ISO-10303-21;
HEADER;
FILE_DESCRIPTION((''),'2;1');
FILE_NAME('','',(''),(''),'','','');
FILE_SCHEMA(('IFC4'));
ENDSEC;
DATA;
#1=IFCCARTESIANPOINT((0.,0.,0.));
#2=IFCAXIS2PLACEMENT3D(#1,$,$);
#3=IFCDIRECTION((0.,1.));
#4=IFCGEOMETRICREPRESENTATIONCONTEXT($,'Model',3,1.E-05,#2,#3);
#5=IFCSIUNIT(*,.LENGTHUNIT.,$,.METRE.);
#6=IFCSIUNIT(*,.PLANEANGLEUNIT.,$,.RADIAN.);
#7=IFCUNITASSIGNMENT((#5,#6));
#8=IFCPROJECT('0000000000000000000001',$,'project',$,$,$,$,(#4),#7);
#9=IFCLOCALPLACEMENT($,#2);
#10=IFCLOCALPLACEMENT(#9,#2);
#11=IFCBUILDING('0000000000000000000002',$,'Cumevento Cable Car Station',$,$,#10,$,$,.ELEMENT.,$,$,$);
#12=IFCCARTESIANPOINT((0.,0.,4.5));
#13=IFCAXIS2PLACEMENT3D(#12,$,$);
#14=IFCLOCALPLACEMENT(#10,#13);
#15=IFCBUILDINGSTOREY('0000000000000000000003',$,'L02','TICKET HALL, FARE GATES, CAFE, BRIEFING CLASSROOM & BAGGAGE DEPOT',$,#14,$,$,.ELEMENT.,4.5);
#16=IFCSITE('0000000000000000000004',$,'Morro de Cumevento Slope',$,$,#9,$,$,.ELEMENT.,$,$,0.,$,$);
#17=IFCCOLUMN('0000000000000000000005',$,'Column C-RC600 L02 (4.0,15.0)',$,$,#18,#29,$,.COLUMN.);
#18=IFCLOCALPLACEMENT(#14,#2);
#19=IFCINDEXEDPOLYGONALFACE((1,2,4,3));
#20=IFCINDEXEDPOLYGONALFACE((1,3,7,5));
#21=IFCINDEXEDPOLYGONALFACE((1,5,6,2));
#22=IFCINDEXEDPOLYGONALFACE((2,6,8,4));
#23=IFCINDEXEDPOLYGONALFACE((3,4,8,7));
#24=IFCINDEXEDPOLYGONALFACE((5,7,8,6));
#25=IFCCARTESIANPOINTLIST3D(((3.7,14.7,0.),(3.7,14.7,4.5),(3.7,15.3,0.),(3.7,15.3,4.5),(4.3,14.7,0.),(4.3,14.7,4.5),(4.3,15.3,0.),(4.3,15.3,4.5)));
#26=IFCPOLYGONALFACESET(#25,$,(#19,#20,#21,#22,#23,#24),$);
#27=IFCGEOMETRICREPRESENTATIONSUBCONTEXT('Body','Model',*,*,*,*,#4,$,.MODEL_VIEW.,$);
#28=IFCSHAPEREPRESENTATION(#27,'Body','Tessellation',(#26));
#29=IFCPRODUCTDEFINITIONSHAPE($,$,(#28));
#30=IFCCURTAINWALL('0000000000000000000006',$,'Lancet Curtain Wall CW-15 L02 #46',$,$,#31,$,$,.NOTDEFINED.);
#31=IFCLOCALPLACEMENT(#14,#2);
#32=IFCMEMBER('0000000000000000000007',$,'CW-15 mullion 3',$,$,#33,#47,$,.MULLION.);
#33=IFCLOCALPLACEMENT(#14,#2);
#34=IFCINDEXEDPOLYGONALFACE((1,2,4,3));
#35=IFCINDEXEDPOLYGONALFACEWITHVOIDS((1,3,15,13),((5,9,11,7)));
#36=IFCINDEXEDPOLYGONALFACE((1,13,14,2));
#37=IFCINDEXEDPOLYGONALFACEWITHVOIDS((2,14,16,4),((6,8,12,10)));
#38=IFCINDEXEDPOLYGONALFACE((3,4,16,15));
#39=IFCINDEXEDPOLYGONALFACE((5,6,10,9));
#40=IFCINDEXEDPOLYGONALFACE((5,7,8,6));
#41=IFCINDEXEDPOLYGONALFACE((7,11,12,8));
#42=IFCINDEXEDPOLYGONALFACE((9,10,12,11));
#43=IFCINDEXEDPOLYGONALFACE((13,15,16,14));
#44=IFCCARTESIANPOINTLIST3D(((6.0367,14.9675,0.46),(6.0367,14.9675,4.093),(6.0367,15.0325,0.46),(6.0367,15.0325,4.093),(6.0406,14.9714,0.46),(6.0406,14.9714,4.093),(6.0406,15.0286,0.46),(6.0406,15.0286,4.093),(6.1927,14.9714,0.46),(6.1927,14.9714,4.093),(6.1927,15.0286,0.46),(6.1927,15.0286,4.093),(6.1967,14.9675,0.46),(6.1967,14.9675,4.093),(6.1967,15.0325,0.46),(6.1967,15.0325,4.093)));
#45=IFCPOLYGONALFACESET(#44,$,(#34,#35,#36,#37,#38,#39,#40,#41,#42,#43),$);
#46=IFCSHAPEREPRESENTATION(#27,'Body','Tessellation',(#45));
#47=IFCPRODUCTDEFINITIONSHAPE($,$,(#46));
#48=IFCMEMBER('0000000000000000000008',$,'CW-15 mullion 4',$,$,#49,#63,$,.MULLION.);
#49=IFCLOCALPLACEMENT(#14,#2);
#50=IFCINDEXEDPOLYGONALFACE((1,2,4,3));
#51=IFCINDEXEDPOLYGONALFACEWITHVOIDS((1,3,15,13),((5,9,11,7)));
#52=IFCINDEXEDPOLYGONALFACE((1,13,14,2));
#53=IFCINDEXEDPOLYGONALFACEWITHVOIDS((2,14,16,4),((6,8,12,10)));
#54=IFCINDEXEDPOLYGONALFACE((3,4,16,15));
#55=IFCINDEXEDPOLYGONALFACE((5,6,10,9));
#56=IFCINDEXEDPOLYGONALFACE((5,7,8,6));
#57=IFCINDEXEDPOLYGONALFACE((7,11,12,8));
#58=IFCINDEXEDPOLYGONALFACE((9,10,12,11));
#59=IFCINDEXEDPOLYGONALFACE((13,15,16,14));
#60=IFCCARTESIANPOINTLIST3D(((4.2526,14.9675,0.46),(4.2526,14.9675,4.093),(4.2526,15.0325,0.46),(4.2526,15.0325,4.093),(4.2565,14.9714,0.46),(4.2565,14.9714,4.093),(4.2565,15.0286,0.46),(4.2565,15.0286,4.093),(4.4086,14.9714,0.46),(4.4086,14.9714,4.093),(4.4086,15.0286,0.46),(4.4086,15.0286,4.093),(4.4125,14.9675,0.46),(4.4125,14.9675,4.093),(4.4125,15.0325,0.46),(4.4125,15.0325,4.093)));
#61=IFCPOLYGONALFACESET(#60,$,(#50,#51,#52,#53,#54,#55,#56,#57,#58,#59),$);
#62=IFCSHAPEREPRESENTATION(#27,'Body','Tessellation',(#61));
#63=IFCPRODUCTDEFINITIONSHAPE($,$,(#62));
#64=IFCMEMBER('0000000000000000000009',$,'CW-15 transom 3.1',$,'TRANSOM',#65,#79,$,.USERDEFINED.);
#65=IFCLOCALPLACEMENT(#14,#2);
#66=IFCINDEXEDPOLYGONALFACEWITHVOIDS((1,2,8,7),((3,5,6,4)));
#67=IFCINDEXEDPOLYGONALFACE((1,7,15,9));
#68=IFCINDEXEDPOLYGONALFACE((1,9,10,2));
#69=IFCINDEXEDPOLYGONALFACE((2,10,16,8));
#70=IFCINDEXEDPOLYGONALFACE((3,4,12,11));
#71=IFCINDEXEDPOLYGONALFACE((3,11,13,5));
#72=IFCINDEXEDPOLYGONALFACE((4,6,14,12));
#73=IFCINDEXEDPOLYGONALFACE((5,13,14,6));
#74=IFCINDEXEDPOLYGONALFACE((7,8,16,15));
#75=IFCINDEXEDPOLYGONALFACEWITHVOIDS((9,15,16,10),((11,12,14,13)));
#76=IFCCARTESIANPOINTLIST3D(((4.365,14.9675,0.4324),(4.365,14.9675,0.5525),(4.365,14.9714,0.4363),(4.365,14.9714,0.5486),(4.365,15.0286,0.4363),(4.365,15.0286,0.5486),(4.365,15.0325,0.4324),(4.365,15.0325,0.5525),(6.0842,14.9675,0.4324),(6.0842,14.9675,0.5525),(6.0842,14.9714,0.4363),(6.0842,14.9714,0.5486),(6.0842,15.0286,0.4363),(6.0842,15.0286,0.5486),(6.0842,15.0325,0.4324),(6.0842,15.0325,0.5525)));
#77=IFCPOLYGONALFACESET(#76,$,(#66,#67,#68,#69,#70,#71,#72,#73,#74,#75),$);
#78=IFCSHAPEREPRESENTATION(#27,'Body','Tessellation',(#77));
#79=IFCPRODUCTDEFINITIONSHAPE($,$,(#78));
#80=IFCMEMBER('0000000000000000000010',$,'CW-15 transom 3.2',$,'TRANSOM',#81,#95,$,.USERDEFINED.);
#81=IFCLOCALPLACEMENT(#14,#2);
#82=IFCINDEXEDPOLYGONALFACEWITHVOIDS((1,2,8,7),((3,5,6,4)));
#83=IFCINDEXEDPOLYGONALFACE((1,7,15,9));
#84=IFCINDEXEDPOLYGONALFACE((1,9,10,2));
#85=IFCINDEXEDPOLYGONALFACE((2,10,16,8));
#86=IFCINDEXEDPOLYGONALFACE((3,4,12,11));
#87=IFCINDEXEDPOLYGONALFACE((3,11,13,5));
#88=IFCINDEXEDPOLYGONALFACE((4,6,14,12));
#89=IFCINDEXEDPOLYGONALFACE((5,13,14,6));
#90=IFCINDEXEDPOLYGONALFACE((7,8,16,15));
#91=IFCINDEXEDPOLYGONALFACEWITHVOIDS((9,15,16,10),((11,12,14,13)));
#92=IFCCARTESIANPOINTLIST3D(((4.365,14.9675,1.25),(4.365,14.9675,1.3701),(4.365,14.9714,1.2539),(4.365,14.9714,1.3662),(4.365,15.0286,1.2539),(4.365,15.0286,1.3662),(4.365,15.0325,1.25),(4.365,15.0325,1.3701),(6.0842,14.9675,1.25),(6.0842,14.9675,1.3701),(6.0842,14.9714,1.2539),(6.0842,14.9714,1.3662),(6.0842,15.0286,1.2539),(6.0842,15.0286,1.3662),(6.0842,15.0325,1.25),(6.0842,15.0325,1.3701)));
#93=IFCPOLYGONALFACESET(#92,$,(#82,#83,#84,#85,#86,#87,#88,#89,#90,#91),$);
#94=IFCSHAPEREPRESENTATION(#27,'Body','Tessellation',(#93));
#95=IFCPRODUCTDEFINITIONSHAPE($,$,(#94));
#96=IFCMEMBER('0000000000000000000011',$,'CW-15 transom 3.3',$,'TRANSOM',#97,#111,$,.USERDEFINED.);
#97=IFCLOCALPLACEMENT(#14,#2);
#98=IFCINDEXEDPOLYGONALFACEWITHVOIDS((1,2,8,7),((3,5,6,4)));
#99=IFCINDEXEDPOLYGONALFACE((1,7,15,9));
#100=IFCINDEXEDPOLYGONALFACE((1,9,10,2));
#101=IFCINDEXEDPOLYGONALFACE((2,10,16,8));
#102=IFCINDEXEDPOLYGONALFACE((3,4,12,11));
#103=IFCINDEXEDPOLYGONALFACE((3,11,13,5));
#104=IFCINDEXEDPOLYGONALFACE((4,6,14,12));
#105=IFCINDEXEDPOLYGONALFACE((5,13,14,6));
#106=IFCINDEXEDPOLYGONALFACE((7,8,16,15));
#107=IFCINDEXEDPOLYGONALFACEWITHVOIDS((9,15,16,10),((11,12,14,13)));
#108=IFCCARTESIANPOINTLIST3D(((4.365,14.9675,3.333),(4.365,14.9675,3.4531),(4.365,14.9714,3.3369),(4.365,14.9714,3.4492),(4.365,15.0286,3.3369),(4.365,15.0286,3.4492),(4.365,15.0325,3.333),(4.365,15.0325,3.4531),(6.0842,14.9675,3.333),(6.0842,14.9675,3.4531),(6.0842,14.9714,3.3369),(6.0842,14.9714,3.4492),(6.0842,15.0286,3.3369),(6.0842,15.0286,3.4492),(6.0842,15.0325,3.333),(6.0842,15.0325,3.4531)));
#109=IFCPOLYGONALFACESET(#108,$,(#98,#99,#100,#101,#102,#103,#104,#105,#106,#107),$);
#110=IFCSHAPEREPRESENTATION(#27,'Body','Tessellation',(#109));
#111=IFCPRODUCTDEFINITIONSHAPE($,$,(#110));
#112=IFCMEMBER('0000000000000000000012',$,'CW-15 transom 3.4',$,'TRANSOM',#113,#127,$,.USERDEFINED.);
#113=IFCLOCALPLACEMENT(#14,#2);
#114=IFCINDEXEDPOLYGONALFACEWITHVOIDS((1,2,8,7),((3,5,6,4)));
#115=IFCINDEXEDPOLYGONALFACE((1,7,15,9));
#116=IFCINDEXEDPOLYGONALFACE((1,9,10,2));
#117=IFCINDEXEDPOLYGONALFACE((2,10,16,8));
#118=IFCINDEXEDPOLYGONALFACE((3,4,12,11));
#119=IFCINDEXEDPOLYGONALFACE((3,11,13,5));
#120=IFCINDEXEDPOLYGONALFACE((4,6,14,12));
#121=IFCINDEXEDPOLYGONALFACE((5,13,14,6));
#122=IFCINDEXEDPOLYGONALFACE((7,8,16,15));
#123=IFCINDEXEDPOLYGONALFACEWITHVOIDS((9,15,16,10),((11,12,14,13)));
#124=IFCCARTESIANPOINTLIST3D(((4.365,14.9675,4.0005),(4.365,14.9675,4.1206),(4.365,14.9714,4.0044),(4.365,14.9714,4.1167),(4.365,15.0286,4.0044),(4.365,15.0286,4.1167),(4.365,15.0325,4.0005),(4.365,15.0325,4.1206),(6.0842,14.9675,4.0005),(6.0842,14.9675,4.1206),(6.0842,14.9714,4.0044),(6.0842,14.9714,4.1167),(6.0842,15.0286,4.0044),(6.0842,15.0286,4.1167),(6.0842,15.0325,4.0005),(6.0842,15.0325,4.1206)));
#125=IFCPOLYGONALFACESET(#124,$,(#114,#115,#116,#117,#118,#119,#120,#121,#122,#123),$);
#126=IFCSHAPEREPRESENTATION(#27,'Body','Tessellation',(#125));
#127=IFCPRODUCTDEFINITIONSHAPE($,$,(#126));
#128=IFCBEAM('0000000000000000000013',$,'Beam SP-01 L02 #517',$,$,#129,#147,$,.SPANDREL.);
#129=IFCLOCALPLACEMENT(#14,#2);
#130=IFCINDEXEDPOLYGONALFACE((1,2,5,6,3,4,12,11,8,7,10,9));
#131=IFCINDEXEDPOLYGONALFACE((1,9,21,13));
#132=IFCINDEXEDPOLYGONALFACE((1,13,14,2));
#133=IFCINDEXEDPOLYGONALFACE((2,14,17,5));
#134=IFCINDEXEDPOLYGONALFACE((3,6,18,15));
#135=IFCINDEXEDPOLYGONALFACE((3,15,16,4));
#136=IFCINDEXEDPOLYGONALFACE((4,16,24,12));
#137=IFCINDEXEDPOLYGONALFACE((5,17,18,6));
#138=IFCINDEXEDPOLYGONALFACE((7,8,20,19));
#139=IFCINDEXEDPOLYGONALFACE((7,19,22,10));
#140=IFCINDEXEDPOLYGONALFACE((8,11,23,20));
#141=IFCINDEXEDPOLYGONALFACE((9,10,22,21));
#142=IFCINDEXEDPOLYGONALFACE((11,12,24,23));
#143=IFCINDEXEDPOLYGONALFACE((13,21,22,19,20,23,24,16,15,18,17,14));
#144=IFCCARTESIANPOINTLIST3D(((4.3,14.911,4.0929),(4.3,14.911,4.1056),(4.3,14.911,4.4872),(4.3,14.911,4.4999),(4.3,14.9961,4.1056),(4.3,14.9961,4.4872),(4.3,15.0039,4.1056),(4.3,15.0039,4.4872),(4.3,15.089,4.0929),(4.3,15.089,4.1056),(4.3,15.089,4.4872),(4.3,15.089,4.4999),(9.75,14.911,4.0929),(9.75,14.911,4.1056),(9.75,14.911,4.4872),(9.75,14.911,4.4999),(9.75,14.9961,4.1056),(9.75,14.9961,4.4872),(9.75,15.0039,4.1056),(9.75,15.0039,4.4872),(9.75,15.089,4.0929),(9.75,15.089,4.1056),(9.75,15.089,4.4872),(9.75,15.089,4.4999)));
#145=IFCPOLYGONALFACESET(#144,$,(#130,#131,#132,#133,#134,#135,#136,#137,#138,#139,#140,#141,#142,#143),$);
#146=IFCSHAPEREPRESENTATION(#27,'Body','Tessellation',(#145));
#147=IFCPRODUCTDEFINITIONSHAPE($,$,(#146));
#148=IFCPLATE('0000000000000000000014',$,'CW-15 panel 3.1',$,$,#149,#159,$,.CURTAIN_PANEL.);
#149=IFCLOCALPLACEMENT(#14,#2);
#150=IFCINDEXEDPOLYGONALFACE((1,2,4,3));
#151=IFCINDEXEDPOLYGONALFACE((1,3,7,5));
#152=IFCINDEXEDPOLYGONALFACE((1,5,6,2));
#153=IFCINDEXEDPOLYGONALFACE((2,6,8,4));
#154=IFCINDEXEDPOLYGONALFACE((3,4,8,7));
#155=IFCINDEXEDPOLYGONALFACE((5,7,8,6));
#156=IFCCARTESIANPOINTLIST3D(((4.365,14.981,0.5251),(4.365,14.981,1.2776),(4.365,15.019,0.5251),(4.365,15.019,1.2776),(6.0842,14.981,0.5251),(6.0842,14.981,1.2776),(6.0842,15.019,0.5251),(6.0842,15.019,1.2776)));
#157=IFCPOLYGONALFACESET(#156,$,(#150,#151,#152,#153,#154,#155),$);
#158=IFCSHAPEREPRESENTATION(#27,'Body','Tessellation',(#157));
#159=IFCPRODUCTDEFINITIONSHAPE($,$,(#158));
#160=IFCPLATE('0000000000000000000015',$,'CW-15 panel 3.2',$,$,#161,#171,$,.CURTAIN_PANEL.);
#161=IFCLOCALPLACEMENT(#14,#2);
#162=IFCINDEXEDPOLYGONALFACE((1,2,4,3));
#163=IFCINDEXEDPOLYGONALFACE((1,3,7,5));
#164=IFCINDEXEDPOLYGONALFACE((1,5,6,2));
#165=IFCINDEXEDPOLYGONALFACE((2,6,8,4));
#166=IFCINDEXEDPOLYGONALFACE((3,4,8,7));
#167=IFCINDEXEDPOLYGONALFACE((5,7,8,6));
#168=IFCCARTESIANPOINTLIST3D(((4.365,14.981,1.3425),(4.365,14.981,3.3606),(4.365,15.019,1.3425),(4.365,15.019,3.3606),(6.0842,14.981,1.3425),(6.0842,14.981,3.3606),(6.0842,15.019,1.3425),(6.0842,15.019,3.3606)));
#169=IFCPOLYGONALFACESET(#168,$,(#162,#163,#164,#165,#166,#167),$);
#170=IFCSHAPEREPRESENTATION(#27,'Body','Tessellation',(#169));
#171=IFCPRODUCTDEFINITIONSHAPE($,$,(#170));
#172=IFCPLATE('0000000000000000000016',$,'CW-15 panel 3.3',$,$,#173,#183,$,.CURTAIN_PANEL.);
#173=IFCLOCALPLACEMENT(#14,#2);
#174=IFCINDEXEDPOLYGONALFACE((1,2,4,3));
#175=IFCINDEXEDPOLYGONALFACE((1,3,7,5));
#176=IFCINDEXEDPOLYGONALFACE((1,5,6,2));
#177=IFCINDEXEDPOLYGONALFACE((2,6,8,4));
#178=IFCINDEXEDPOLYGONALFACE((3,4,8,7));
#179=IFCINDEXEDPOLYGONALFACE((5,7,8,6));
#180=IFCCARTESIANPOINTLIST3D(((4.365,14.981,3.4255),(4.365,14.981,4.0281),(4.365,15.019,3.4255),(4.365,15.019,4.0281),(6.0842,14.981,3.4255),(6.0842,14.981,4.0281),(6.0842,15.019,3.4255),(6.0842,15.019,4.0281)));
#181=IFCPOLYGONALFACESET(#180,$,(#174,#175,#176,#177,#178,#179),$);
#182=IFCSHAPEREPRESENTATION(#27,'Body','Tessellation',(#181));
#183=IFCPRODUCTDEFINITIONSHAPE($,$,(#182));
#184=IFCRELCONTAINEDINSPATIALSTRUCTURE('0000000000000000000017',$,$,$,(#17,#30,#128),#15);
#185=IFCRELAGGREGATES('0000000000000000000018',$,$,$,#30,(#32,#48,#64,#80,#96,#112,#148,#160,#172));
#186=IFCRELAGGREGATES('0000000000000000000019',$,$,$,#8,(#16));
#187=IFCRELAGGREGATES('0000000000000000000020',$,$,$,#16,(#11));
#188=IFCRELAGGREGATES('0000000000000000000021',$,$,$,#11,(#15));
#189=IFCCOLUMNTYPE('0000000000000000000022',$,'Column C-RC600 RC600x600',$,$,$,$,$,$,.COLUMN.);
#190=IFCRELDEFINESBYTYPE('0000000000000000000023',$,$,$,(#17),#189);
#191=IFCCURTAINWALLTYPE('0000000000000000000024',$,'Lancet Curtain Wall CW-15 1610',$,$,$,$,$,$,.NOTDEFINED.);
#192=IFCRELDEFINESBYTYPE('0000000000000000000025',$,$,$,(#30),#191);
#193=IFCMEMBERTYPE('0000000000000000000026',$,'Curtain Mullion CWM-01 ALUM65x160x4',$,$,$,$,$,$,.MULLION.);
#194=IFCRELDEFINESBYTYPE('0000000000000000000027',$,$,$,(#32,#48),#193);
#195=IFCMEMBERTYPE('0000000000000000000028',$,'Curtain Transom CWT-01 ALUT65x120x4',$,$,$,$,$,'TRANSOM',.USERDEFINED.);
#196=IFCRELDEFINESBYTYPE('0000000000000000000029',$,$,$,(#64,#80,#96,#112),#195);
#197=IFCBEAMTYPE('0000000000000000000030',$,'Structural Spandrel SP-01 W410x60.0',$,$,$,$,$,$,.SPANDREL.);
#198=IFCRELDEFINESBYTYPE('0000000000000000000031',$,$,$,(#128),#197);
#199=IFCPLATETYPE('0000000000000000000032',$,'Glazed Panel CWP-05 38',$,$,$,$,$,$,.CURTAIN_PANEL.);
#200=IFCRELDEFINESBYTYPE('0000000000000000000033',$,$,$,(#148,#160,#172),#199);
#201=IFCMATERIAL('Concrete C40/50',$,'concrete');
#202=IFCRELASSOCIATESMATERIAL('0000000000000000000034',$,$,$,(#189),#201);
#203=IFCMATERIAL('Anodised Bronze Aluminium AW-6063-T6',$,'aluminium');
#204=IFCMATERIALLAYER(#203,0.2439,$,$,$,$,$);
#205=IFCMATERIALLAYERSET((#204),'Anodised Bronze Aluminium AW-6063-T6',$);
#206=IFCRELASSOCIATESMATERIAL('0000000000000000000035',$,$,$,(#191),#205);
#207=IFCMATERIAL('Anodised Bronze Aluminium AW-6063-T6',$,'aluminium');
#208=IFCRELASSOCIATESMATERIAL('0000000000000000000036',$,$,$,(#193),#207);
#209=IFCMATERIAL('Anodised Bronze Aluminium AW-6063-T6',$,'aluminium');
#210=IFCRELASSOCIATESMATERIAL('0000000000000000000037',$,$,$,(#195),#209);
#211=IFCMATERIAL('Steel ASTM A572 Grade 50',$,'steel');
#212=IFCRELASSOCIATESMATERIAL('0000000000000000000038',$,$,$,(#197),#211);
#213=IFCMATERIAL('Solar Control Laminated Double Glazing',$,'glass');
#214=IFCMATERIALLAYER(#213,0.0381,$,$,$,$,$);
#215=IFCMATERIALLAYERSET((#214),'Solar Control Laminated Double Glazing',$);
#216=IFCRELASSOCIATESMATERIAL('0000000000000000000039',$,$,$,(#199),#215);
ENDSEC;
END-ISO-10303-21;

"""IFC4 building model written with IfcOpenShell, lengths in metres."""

from ifc_helpers import new_model, si_unit, direction, frame, origin, origin_2d, place, context, subcontext, project, spatial, rectangle, hollow_rectangle, i_section, extrude, material, layer, layer_set, material_profile, profile_set, type_object, element, aggregate, save


model = new_model("IFC4")

# Units and contexts
model_context = context("Model", 3, precision=1e-05, world=origin(), true_north=direction((0.0, 1.0)))
body_context = subcontext(model_context, "Body", "Model", "MODEL_VIEW")
ifc_project = project(units=[si_unit("LENGTHUNIT", "METRE"), si_unit("PLANEANGLEUNIT", "RADIAN")], contexts=[model_context])

# Site, building, storey
site_placement = place(None, origin())
site = spatial("IfcSite", under=ifc_project, at=site_placement, Name="Morro de Cumevento Slope", CompositionType="ELEMENT", RefElevation=0.0)
building_placement = place(site_placement, origin())
building = spatial("IfcBuilding", under=site, at=building_placement, Name="Cumevento Cable Car Station", CompositionType="ELEMENT")
storey_placement = place(building_placement, frame((0.0, 0.0, 4.5)))
storey = spatial("IfcBuildingStorey", under=building, at=storey_placement, Name="L02", Description="TICKET HALL, FARE GATES, CAFE, BRIEFING CLASSROOM & BAGGAGE DEPOT", CompositionType="ELEMENT", Elevation=4.5)

# Column
ifc_material_1 = material(Name="Concrete C40/50", Category="concrete")
ifc_material_profile_1 = material_profile(ifc_material_1, rectangle(XDim=0.6001, YDim=0.6001, at=origin_2d()), Name="RC600x600")
ifc_profile_set_1 = profile_set([ifc_material_profile_1], Name="Concrete C40/50")
column_type = type_object("IfcColumnType", Name="Column C-RC600 RC600x600", PredefinedType="COLUMN", material=ifc_profile_set_1)
column_placement = place(storey_placement, frame((4.0, 15.0, 0.0), z_axis=(0.0, 0.0, 1.0), x_axis=(1.0, 0.0, 0.0)))
element("IfcColumn", 1, at=column_placement, inside=storey, type_object=column_type, Name="Column C-RC600 L02 (4.0,15.0)", PredefinedType="COLUMN", context=body_context, shape_type="SweptSolid", body=[
    extrude(rectangle(XDim=0.6001, YDim=0.6001, at=origin_2d()), origin(), (0.0, 0.0, 1.0), 4.5),
])

# Curtain wall, members
ifc_material_2 = material(Name="Anodised Bronze Aluminium AW-6063-T6", Category="aluminium")
ifc_layer_1 = layer(ifc_material_2, 0.2439)
ifc_layer_set_1 = layer_set([ifc_layer_1], Name="Anodised Bronze Aluminium AW-6063-T6")
curtain_wall_type = type_object("IfcCurtainWallType", Name="Lancet Curtain Wall CW-15 1610", PredefinedType="NOTDEFINED", material=ifc_layer_set_1)
curtain_wall_placement = place(storey_placement, origin())
curtain_wall = element("IfcCurtainWall", 2, at=curtain_wall_placement, inside=storey, type_object=curtain_wall_type, Name="Lancet Curtain Wall CW-15 L02 #46", PredefinedType="NOTDEFINED")
ifc_material_3 = material(Name="Anodised Bronze Aluminium AW-6063-T6", Category="aluminium")
ifc_material_profile_2 = material_profile(ifc_material_3, hollow_rectangle(XDim=0.0649, YDim=0.1599, WallThickness=0.0039, at=origin_2d()), Name="ALUM65x160x4")
ifc_profile_set_2 = profile_set([ifc_material_profile_2], Name="Anodised Bronze Aluminium AW-6063-T6")
member_type_1 = type_object("IfcMemberType", Name="Curtain Mullion CWM-01 ALUM65x160x4", PredefinedType="MULLION", material=ifc_profile_set_2)
member_1_placement = place(storey_placement, frame((6.1167, 15.0, 0.46), z_axis=(0.0, 0.0, 1.0), x_axis=(0.0, -1.0, 0.0)))
member_1 = element("IfcMember", 3, at=member_1_placement, type_object=member_type_1, Name="CW-15 mullion 3", PredefinedType="MULLION", context=body_context, shape_type="SweptSolid", body=[
    extrude(hollow_rectangle(XDim=0.0649, YDim=0.1599, WallThickness=0.0039, at=origin_2d()), origin(), (0.0, 0.0, 1.0), 3.6331),
])
member_2_placement = place(storey_placement, frame((4.3325, 15.0, 0.46), z_axis=(0.0, 0.0, 1.0), x_axis=(0.0, -1.0, 0.0)))
member_2 = element("IfcMember", 4, at=member_2_placement, type_object=member_type_1, Name="CW-15 mullion 4", PredefinedType="MULLION", context=body_context, shape_type="SweptSolid", body=[
    extrude(hollow_rectangle(XDim=0.0649, YDim=0.1599, WallThickness=0.0039, at=origin_2d()), origin(), (0.0, 0.0, 1.0), 3.6331),
])
ifc_material_4 = material(Name="Anodised Bronze Aluminium AW-6063-T6", Category="aluminium")
ifc_material_profile_3 = material_profile(ifc_material_4, hollow_rectangle(XDim=0.0649, YDim=0.1201, WallThickness=0.0039, at=origin_2d()), Name="ALUT65x120x4")
ifc_profile_set_3 = profile_set([ifc_material_profile_3], Name="Anodised Bronze Aluminium AW-6063-T6")
member_type_2 = type_object("IfcMemberType", Name="Curtain Transom CWT-01 ALUT65x120x4", ElementType="TRANSOM", PredefinedType="USERDEFINED", material=ifc_profile_set_3)
member_3_placement = place(storey_placement, frame((6.0842, 15.0, 0.4924), z_axis=(-1.0, 0.0, 0.0), x_axis=(0.0, -1.0, 0.0)))
member_3 = element("IfcMember", 5, at=member_3_placement, type_object=member_type_2, Name="CW-15 transom 3.1", ObjectType="TRANSOM", PredefinedType="USERDEFINED", context=body_context, shape_type="SweptSolid", body=[
    extrude(hollow_rectangle(XDim=0.0649, YDim=0.1201, WallThickness=0.0039, at=origin_2d()), origin(), (0.0, 0.0, 1.0), 1.7192),
])
member_4_placement = place(storey_placement, frame((6.0842, 15.0, 1.3101), z_axis=(-1.0, 0.0, 0.0), x_axis=(0.0, -1.0, 0.0)))
member_4 = element("IfcMember", 6, at=member_4_placement, type_object=member_type_2, Name="CW-15 transom 3.2", ObjectType="TRANSOM", PredefinedType="USERDEFINED", context=body_context, shape_type="SweptSolid", body=[
    extrude(hollow_rectangle(XDim=0.0649, YDim=0.1201, WallThickness=0.0039, at=origin_2d()), origin(), (0.0, 0.0, 1.0), 1.7192),
])
member_5_placement = place(storey_placement, frame((6.0842, 15.0, 3.3931), z_axis=(-1.0, 0.0, 0.0), x_axis=(0.0, -1.0, 0.0)))
member_5 = element("IfcMember", 7, at=member_5_placement, type_object=member_type_2, Name="CW-15 transom 3.3", ObjectType="TRANSOM", PredefinedType="USERDEFINED", context=body_context, shape_type="SweptSolid", body=[
    extrude(hollow_rectangle(XDim=0.0649, YDim=0.1201, WallThickness=0.0039, at=origin_2d()), origin(), (0.0, 0.0, 1.0), 1.7192),
])
member_6_placement = place(storey_placement, frame((6.0842, 15.0, 4.0605), z_axis=(-1.0, 0.0, 0.0), x_axis=(0.0, -1.0, 0.0)))
member_6 = element("IfcMember", 8, at=member_6_placement, type_object=member_type_2, Name="CW-15 transom 3.4", ObjectType="TRANSOM", PredefinedType="USERDEFINED", context=body_context, shape_type="SweptSolid", body=[
    extrude(hollow_rectangle(XDim=0.0649, YDim=0.1201, WallThickness=0.0039, at=origin_2d()), origin(), (0.0, 0.0, 1.0), 1.7192),
])

# Beam
ifc_material_5 = material(Name="Steel ASTM A572 Grade 50", Category="steel")
ifc_material_profile_4 = material_profile(ifc_material_5, i_section(OverallWidth=0.178, OverallDepth=0.407, WebThickness=0.0078, FlangeThickness=0.0127, at=origin_2d()), Name="W410x60.0")
ifc_profile_set_4 = profile_set([ifc_material_profile_4], Name="Steel ASTM A572 Grade 50")
beam_type = type_object("IfcBeamType", Name="Structural Spandrel SP-01 W410x60.0", PredefinedType="SPANDREL", material=ifc_profile_set_4)
beam_placement = place(storey_placement, frame((4.3, 15.0, 4.2964), z_axis=(1.0, 0.0, 0.0), x_axis=(0.0, 1.0, 0.0)))
element("IfcBeam", 9, at=beam_placement, inside=storey, type_object=beam_type, Name="Beam SP-01 L02 #517", PredefinedType="SPANDREL", context=body_context, shape_type="SweptSolid", body=[
    extrude(i_section(OverallWidth=0.178, OverallDepth=0.407, WebThickness=0.0078, FlangeThickness=0.0127, at=origin_2d()), origin(), (0.0, 0.0, 1.0), 5.45),
])

# Plates
ifc_material_6 = material(Name="Solar Control Laminated Double Glazing", Category="glass")
ifc_layer_2 = layer(ifc_material_6, 0.0381)
ifc_layer_set_2 = layer_set([ifc_layer_2], Name="Solar Control Laminated Double Glazing")
plate_type = type_object("IfcPlateType", Name="Glazed Panel CWP-05 38", PredefinedType="CURTAIN_PANEL", material=ifc_layer_set_2)
plate_1_placement = place(storey_placement, frame((5.2246, 15.0, 0.5251), z_axis=(0.0, 0.0, 1.0), x_axis=(-1.0, 0.0, 0.0)))
plate_1 = element("IfcPlate", 10, at=plate_1_placement, type_object=plate_type, Name="CW-15 panel 3.1", PredefinedType="CURTAIN_PANEL", context=body_context, shape_type="SweptSolid", body=[
    extrude(rectangle(XDim=1.7192, YDim=0.0381, at=origin_2d()), origin(), (0.0, 0.0, 1.0), 0.7524),
])
plate_2_placement = place(storey_placement, frame((5.2246, 15.0, 1.3425), z_axis=(0.0, 0.0, 1.0), x_axis=(-1.0, 0.0, 0.0)))
plate_2 = element("IfcPlate", 11, at=plate_2_placement, type_object=plate_type, Name="CW-15 panel 3.2", PredefinedType="CURTAIN_PANEL", context=body_context, shape_type="SweptSolid", body=[
    extrude(rectangle(XDim=1.7192, YDim=0.0381, at=origin_2d()), origin(), (0.0, 0.0, 1.0), 2.0181),
])
plate_3_placement = place(storey_placement, frame((5.2246, 15.0, 3.4255), z_axis=(0.0, 0.0, 1.0), x_axis=(-1.0, 0.0, 0.0)))
plate_3 = element("IfcPlate", 12, at=plate_3_placement, type_object=plate_type, Name="CW-15 panel 3.3", PredefinedType="CURTAIN_PANEL", context=body_context, shape_type="SweptSolid", body=[
    extrude(rectangle(XDim=1.7192, YDim=0.0381, at=origin_2d()), origin(), (0.0, 0.0, 1.0), 0.6025),
])
aggregate(curtain_wall, [member_1, member_2, member_3, member_4, member_5, member_6, plate_1, plate_2, plate_3])

save(model, "model.ifc")
